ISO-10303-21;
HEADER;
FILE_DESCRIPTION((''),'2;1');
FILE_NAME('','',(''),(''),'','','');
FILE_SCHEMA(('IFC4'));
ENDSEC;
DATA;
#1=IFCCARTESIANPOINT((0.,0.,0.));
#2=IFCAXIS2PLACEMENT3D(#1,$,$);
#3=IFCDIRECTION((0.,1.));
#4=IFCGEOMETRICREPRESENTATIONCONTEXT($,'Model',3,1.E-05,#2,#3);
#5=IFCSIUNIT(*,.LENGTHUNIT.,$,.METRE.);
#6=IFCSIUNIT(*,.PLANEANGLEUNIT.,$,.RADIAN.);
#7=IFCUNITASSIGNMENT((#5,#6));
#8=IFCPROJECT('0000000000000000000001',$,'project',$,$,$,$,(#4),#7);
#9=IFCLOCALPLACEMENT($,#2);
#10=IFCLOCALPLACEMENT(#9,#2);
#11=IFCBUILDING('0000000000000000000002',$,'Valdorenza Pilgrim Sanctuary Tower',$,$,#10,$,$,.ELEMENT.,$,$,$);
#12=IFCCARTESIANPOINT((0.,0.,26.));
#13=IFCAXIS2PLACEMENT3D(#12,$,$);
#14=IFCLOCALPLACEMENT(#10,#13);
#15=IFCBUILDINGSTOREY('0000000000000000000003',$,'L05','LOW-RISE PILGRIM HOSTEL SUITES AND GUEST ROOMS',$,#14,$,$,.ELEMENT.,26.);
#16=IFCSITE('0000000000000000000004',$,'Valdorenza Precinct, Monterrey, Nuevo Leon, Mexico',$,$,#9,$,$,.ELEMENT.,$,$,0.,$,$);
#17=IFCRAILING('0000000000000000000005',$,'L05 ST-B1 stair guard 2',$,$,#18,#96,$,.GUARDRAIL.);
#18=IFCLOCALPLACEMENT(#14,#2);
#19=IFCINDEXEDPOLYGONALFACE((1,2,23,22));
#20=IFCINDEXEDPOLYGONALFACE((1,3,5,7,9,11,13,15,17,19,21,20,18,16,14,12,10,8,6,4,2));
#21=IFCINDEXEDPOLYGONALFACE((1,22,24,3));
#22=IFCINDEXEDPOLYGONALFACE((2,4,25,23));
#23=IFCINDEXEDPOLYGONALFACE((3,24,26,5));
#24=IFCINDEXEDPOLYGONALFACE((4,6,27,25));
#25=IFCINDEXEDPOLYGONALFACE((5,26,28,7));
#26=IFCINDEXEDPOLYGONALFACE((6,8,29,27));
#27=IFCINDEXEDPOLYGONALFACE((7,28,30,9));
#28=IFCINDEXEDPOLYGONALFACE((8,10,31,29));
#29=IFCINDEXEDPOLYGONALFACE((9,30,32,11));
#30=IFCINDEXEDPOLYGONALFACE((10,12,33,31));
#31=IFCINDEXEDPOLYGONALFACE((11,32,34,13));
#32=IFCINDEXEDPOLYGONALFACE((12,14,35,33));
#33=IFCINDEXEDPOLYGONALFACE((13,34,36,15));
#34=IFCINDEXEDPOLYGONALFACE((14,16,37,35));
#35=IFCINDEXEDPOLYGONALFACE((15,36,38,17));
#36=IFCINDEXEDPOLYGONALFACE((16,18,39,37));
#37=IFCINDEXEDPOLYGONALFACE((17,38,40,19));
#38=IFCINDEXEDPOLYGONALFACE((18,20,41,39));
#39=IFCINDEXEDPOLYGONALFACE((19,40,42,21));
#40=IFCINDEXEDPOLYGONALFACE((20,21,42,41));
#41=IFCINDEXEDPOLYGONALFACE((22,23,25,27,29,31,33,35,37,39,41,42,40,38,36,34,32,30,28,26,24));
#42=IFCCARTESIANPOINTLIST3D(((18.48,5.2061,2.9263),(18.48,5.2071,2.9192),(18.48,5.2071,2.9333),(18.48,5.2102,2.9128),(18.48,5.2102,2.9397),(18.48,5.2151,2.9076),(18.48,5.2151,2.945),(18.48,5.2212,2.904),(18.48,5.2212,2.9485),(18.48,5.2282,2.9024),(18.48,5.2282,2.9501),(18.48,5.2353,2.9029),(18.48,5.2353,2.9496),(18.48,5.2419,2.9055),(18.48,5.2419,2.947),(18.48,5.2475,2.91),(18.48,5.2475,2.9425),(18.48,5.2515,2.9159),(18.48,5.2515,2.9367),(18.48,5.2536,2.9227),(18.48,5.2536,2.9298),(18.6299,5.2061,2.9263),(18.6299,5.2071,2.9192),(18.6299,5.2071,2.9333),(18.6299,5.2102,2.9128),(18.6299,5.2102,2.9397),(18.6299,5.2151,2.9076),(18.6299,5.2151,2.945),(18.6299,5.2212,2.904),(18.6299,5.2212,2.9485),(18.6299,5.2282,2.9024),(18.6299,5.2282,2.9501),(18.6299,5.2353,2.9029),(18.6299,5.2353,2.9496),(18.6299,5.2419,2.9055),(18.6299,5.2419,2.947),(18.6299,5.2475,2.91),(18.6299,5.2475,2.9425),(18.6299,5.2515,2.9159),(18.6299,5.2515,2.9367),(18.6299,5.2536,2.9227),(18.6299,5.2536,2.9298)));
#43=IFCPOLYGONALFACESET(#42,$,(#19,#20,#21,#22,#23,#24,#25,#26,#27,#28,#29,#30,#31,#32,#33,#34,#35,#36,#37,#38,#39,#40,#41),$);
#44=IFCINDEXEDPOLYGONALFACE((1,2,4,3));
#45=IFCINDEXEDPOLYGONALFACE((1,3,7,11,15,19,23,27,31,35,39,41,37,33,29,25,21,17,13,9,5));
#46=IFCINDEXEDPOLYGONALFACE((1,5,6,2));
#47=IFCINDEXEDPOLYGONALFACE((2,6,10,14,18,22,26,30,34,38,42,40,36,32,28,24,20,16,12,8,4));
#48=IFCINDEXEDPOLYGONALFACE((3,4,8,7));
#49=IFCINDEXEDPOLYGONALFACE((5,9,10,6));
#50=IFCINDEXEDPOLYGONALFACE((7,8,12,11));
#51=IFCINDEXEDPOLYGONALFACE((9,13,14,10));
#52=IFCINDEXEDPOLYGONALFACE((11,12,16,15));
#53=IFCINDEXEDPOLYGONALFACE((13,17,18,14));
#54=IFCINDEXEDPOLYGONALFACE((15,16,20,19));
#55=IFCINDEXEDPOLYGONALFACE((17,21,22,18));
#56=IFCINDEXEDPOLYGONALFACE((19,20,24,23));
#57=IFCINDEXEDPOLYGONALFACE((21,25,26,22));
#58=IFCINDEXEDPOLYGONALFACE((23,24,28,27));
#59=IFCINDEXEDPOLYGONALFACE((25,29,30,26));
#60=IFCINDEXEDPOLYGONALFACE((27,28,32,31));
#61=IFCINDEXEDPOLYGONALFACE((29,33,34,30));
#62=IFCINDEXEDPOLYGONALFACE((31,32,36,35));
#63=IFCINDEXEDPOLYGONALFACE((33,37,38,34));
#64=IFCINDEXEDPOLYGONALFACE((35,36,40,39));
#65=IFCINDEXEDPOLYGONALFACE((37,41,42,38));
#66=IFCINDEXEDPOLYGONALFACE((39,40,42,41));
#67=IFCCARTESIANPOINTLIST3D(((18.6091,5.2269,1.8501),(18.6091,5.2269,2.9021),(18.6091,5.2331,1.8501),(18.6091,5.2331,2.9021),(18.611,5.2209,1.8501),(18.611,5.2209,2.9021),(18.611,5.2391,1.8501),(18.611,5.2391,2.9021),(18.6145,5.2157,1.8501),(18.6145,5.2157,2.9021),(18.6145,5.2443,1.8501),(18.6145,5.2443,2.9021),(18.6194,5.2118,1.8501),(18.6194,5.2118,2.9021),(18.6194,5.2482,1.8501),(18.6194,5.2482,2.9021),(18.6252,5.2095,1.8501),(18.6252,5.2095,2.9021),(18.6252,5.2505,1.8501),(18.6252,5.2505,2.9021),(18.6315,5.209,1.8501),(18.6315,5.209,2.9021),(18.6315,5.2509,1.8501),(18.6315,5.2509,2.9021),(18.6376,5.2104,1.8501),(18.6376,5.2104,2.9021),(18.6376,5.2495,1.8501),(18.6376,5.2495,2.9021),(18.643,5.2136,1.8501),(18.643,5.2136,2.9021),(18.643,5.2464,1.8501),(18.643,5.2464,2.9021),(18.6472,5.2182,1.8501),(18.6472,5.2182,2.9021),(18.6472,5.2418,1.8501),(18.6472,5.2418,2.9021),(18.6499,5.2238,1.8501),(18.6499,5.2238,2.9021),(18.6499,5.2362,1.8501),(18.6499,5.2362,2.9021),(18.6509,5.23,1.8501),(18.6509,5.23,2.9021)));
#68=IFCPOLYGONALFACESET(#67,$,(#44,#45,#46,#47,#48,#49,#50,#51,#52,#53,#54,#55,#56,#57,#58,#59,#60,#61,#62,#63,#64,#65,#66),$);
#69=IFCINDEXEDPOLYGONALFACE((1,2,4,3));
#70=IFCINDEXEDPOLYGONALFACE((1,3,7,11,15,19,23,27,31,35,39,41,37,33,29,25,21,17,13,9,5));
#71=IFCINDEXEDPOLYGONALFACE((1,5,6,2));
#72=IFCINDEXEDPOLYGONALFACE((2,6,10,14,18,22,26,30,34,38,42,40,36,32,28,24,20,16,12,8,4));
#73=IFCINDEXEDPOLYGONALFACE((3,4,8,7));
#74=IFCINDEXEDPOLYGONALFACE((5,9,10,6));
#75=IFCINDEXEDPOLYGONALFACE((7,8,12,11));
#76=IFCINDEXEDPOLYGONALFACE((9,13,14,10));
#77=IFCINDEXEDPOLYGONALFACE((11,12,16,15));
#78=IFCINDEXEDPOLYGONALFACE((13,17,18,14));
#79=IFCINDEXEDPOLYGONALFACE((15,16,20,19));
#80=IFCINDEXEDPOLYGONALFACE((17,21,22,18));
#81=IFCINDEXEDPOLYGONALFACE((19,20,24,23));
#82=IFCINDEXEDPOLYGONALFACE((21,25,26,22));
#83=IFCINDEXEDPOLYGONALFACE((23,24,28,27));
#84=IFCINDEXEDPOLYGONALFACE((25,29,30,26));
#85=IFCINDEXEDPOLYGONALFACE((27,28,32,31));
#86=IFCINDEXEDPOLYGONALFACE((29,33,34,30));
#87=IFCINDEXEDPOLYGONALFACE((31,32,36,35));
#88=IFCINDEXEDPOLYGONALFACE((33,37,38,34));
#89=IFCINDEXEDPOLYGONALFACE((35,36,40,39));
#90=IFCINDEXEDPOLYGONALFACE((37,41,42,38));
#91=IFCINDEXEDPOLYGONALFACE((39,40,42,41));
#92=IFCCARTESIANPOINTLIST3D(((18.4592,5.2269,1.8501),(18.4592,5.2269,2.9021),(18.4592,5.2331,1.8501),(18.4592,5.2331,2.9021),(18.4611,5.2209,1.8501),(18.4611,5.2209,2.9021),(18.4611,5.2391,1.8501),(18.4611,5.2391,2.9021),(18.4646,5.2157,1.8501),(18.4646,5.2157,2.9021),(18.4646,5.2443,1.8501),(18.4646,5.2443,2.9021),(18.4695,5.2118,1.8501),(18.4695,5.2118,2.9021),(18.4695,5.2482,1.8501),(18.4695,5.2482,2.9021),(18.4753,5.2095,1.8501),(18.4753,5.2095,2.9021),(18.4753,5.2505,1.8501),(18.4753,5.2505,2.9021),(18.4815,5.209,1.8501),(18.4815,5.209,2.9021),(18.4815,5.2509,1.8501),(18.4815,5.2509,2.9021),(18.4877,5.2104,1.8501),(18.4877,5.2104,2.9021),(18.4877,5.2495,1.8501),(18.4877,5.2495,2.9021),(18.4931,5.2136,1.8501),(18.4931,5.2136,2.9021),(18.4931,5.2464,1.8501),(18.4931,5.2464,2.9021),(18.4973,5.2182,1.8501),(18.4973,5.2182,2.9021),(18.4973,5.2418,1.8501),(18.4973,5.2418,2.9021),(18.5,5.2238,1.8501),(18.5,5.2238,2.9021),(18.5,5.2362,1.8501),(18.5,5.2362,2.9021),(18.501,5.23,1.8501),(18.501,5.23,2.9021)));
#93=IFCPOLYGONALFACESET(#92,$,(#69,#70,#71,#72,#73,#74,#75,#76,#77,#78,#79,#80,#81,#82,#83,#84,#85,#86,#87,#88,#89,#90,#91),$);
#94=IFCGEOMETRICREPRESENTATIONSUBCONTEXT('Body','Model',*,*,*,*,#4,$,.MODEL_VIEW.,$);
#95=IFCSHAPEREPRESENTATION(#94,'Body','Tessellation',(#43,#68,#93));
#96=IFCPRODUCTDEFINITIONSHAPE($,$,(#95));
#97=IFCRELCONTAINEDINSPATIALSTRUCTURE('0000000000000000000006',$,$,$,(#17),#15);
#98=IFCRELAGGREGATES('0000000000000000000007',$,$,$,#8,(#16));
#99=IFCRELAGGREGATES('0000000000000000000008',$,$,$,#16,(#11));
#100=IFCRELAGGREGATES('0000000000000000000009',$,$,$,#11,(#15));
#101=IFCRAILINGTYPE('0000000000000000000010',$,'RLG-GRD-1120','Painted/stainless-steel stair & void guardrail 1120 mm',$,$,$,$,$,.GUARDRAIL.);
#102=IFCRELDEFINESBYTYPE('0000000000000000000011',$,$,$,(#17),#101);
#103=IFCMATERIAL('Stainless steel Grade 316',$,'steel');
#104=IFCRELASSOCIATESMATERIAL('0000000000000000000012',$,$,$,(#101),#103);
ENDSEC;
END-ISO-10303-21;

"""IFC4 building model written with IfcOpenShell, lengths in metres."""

from ifc_helpers import new_model, si_unit, direction, frame, origin, origin_2d, place, context, subcontext, project, spatial, circle, extrude, material, type_object, element, save


model = new_model("IFC4")

# Units and contexts
model_context = context("Model", 3, precision=1e-05, world=origin(), true_north=direction((0.0, 1.0)))
body_context = subcontext(model_context, "Body", "Model", "MODEL_VIEW")
ifc_project = project(units=[si_unit("LENGTHUNIT", "METRE"), si_unit("PLANEANGLEUNIT", "RADIAN")], contexts=[model_context])

# Site, building, storey
site_placement = place(None, origin())
site = spatial("IfcSite", under=ifc_project, at=site_placement, Name="Valdorenza Precinct, Monterrey, Nuevo Leon, Mexico", CompositionType="ELEMENT", RefElevation=0.0)
building_placement = place(site_placement, origin())
building = spatial("IfcBuilding", under=site, at=building_placement, Name="Valdorenza Pilgrim Sanctuary Tower", CompositionType="ELEMENT")
storey_placement = place(building_placement, frame((0.0, 0.0, 26.0)))
storey = spatial("IfcBuildingStorey", under=building, at=storey_placement, Name="L05", Description="LOW-RISE PILGRIM HOSTEL SUITES AND GUEST ROOMS", CompositionType="ELEMENT", Elevation=26.0)

# Railing
ifc_material_1 = material(Name="Stainless steel Grade 316", Category="steel")
railing_type_1 = type_object("IfcRailingType", Name="RLG-GRD-1120", Description="Painted/stainless-steel stair & void guardrail 1120 mm", PredefinedType="GUARDRAIL", material=ifc_material_1)
railing_1_placement = place(storey_placement, frame((18.6299, 5.23, 1.8501)))
element("IfcRailing", 1, at=railing_1_placement, inside=storey, type_object=railing_type_1, Name="L05 ST-B1 stair guard 2", PredefinedType="GUARDRAIL", context=body_context, shape_type="SweptSolid", body=[
    extrude(circle(Radius=0.0239, at=origin_2d()), frame((0.0, 0.0, 1.0762), z_axis=(-1.0, 0.0, 0.0), x_axis=(0.0, -1.0, 0.0)), (0.0, 0.0, 1.0), 0.1499),
    extrude(circle(Radius=0.021, at=origin_2d()), origin(), (0.0, 0.0, 1.0), 1.052),
    extrude(circle(Radius=0.021, at=origin_2d()), frame((-0.1499, 0.0, 0.0)), (0.0, 0.0, 1.0), 1.052),
])

save(model, "model.ifc")
